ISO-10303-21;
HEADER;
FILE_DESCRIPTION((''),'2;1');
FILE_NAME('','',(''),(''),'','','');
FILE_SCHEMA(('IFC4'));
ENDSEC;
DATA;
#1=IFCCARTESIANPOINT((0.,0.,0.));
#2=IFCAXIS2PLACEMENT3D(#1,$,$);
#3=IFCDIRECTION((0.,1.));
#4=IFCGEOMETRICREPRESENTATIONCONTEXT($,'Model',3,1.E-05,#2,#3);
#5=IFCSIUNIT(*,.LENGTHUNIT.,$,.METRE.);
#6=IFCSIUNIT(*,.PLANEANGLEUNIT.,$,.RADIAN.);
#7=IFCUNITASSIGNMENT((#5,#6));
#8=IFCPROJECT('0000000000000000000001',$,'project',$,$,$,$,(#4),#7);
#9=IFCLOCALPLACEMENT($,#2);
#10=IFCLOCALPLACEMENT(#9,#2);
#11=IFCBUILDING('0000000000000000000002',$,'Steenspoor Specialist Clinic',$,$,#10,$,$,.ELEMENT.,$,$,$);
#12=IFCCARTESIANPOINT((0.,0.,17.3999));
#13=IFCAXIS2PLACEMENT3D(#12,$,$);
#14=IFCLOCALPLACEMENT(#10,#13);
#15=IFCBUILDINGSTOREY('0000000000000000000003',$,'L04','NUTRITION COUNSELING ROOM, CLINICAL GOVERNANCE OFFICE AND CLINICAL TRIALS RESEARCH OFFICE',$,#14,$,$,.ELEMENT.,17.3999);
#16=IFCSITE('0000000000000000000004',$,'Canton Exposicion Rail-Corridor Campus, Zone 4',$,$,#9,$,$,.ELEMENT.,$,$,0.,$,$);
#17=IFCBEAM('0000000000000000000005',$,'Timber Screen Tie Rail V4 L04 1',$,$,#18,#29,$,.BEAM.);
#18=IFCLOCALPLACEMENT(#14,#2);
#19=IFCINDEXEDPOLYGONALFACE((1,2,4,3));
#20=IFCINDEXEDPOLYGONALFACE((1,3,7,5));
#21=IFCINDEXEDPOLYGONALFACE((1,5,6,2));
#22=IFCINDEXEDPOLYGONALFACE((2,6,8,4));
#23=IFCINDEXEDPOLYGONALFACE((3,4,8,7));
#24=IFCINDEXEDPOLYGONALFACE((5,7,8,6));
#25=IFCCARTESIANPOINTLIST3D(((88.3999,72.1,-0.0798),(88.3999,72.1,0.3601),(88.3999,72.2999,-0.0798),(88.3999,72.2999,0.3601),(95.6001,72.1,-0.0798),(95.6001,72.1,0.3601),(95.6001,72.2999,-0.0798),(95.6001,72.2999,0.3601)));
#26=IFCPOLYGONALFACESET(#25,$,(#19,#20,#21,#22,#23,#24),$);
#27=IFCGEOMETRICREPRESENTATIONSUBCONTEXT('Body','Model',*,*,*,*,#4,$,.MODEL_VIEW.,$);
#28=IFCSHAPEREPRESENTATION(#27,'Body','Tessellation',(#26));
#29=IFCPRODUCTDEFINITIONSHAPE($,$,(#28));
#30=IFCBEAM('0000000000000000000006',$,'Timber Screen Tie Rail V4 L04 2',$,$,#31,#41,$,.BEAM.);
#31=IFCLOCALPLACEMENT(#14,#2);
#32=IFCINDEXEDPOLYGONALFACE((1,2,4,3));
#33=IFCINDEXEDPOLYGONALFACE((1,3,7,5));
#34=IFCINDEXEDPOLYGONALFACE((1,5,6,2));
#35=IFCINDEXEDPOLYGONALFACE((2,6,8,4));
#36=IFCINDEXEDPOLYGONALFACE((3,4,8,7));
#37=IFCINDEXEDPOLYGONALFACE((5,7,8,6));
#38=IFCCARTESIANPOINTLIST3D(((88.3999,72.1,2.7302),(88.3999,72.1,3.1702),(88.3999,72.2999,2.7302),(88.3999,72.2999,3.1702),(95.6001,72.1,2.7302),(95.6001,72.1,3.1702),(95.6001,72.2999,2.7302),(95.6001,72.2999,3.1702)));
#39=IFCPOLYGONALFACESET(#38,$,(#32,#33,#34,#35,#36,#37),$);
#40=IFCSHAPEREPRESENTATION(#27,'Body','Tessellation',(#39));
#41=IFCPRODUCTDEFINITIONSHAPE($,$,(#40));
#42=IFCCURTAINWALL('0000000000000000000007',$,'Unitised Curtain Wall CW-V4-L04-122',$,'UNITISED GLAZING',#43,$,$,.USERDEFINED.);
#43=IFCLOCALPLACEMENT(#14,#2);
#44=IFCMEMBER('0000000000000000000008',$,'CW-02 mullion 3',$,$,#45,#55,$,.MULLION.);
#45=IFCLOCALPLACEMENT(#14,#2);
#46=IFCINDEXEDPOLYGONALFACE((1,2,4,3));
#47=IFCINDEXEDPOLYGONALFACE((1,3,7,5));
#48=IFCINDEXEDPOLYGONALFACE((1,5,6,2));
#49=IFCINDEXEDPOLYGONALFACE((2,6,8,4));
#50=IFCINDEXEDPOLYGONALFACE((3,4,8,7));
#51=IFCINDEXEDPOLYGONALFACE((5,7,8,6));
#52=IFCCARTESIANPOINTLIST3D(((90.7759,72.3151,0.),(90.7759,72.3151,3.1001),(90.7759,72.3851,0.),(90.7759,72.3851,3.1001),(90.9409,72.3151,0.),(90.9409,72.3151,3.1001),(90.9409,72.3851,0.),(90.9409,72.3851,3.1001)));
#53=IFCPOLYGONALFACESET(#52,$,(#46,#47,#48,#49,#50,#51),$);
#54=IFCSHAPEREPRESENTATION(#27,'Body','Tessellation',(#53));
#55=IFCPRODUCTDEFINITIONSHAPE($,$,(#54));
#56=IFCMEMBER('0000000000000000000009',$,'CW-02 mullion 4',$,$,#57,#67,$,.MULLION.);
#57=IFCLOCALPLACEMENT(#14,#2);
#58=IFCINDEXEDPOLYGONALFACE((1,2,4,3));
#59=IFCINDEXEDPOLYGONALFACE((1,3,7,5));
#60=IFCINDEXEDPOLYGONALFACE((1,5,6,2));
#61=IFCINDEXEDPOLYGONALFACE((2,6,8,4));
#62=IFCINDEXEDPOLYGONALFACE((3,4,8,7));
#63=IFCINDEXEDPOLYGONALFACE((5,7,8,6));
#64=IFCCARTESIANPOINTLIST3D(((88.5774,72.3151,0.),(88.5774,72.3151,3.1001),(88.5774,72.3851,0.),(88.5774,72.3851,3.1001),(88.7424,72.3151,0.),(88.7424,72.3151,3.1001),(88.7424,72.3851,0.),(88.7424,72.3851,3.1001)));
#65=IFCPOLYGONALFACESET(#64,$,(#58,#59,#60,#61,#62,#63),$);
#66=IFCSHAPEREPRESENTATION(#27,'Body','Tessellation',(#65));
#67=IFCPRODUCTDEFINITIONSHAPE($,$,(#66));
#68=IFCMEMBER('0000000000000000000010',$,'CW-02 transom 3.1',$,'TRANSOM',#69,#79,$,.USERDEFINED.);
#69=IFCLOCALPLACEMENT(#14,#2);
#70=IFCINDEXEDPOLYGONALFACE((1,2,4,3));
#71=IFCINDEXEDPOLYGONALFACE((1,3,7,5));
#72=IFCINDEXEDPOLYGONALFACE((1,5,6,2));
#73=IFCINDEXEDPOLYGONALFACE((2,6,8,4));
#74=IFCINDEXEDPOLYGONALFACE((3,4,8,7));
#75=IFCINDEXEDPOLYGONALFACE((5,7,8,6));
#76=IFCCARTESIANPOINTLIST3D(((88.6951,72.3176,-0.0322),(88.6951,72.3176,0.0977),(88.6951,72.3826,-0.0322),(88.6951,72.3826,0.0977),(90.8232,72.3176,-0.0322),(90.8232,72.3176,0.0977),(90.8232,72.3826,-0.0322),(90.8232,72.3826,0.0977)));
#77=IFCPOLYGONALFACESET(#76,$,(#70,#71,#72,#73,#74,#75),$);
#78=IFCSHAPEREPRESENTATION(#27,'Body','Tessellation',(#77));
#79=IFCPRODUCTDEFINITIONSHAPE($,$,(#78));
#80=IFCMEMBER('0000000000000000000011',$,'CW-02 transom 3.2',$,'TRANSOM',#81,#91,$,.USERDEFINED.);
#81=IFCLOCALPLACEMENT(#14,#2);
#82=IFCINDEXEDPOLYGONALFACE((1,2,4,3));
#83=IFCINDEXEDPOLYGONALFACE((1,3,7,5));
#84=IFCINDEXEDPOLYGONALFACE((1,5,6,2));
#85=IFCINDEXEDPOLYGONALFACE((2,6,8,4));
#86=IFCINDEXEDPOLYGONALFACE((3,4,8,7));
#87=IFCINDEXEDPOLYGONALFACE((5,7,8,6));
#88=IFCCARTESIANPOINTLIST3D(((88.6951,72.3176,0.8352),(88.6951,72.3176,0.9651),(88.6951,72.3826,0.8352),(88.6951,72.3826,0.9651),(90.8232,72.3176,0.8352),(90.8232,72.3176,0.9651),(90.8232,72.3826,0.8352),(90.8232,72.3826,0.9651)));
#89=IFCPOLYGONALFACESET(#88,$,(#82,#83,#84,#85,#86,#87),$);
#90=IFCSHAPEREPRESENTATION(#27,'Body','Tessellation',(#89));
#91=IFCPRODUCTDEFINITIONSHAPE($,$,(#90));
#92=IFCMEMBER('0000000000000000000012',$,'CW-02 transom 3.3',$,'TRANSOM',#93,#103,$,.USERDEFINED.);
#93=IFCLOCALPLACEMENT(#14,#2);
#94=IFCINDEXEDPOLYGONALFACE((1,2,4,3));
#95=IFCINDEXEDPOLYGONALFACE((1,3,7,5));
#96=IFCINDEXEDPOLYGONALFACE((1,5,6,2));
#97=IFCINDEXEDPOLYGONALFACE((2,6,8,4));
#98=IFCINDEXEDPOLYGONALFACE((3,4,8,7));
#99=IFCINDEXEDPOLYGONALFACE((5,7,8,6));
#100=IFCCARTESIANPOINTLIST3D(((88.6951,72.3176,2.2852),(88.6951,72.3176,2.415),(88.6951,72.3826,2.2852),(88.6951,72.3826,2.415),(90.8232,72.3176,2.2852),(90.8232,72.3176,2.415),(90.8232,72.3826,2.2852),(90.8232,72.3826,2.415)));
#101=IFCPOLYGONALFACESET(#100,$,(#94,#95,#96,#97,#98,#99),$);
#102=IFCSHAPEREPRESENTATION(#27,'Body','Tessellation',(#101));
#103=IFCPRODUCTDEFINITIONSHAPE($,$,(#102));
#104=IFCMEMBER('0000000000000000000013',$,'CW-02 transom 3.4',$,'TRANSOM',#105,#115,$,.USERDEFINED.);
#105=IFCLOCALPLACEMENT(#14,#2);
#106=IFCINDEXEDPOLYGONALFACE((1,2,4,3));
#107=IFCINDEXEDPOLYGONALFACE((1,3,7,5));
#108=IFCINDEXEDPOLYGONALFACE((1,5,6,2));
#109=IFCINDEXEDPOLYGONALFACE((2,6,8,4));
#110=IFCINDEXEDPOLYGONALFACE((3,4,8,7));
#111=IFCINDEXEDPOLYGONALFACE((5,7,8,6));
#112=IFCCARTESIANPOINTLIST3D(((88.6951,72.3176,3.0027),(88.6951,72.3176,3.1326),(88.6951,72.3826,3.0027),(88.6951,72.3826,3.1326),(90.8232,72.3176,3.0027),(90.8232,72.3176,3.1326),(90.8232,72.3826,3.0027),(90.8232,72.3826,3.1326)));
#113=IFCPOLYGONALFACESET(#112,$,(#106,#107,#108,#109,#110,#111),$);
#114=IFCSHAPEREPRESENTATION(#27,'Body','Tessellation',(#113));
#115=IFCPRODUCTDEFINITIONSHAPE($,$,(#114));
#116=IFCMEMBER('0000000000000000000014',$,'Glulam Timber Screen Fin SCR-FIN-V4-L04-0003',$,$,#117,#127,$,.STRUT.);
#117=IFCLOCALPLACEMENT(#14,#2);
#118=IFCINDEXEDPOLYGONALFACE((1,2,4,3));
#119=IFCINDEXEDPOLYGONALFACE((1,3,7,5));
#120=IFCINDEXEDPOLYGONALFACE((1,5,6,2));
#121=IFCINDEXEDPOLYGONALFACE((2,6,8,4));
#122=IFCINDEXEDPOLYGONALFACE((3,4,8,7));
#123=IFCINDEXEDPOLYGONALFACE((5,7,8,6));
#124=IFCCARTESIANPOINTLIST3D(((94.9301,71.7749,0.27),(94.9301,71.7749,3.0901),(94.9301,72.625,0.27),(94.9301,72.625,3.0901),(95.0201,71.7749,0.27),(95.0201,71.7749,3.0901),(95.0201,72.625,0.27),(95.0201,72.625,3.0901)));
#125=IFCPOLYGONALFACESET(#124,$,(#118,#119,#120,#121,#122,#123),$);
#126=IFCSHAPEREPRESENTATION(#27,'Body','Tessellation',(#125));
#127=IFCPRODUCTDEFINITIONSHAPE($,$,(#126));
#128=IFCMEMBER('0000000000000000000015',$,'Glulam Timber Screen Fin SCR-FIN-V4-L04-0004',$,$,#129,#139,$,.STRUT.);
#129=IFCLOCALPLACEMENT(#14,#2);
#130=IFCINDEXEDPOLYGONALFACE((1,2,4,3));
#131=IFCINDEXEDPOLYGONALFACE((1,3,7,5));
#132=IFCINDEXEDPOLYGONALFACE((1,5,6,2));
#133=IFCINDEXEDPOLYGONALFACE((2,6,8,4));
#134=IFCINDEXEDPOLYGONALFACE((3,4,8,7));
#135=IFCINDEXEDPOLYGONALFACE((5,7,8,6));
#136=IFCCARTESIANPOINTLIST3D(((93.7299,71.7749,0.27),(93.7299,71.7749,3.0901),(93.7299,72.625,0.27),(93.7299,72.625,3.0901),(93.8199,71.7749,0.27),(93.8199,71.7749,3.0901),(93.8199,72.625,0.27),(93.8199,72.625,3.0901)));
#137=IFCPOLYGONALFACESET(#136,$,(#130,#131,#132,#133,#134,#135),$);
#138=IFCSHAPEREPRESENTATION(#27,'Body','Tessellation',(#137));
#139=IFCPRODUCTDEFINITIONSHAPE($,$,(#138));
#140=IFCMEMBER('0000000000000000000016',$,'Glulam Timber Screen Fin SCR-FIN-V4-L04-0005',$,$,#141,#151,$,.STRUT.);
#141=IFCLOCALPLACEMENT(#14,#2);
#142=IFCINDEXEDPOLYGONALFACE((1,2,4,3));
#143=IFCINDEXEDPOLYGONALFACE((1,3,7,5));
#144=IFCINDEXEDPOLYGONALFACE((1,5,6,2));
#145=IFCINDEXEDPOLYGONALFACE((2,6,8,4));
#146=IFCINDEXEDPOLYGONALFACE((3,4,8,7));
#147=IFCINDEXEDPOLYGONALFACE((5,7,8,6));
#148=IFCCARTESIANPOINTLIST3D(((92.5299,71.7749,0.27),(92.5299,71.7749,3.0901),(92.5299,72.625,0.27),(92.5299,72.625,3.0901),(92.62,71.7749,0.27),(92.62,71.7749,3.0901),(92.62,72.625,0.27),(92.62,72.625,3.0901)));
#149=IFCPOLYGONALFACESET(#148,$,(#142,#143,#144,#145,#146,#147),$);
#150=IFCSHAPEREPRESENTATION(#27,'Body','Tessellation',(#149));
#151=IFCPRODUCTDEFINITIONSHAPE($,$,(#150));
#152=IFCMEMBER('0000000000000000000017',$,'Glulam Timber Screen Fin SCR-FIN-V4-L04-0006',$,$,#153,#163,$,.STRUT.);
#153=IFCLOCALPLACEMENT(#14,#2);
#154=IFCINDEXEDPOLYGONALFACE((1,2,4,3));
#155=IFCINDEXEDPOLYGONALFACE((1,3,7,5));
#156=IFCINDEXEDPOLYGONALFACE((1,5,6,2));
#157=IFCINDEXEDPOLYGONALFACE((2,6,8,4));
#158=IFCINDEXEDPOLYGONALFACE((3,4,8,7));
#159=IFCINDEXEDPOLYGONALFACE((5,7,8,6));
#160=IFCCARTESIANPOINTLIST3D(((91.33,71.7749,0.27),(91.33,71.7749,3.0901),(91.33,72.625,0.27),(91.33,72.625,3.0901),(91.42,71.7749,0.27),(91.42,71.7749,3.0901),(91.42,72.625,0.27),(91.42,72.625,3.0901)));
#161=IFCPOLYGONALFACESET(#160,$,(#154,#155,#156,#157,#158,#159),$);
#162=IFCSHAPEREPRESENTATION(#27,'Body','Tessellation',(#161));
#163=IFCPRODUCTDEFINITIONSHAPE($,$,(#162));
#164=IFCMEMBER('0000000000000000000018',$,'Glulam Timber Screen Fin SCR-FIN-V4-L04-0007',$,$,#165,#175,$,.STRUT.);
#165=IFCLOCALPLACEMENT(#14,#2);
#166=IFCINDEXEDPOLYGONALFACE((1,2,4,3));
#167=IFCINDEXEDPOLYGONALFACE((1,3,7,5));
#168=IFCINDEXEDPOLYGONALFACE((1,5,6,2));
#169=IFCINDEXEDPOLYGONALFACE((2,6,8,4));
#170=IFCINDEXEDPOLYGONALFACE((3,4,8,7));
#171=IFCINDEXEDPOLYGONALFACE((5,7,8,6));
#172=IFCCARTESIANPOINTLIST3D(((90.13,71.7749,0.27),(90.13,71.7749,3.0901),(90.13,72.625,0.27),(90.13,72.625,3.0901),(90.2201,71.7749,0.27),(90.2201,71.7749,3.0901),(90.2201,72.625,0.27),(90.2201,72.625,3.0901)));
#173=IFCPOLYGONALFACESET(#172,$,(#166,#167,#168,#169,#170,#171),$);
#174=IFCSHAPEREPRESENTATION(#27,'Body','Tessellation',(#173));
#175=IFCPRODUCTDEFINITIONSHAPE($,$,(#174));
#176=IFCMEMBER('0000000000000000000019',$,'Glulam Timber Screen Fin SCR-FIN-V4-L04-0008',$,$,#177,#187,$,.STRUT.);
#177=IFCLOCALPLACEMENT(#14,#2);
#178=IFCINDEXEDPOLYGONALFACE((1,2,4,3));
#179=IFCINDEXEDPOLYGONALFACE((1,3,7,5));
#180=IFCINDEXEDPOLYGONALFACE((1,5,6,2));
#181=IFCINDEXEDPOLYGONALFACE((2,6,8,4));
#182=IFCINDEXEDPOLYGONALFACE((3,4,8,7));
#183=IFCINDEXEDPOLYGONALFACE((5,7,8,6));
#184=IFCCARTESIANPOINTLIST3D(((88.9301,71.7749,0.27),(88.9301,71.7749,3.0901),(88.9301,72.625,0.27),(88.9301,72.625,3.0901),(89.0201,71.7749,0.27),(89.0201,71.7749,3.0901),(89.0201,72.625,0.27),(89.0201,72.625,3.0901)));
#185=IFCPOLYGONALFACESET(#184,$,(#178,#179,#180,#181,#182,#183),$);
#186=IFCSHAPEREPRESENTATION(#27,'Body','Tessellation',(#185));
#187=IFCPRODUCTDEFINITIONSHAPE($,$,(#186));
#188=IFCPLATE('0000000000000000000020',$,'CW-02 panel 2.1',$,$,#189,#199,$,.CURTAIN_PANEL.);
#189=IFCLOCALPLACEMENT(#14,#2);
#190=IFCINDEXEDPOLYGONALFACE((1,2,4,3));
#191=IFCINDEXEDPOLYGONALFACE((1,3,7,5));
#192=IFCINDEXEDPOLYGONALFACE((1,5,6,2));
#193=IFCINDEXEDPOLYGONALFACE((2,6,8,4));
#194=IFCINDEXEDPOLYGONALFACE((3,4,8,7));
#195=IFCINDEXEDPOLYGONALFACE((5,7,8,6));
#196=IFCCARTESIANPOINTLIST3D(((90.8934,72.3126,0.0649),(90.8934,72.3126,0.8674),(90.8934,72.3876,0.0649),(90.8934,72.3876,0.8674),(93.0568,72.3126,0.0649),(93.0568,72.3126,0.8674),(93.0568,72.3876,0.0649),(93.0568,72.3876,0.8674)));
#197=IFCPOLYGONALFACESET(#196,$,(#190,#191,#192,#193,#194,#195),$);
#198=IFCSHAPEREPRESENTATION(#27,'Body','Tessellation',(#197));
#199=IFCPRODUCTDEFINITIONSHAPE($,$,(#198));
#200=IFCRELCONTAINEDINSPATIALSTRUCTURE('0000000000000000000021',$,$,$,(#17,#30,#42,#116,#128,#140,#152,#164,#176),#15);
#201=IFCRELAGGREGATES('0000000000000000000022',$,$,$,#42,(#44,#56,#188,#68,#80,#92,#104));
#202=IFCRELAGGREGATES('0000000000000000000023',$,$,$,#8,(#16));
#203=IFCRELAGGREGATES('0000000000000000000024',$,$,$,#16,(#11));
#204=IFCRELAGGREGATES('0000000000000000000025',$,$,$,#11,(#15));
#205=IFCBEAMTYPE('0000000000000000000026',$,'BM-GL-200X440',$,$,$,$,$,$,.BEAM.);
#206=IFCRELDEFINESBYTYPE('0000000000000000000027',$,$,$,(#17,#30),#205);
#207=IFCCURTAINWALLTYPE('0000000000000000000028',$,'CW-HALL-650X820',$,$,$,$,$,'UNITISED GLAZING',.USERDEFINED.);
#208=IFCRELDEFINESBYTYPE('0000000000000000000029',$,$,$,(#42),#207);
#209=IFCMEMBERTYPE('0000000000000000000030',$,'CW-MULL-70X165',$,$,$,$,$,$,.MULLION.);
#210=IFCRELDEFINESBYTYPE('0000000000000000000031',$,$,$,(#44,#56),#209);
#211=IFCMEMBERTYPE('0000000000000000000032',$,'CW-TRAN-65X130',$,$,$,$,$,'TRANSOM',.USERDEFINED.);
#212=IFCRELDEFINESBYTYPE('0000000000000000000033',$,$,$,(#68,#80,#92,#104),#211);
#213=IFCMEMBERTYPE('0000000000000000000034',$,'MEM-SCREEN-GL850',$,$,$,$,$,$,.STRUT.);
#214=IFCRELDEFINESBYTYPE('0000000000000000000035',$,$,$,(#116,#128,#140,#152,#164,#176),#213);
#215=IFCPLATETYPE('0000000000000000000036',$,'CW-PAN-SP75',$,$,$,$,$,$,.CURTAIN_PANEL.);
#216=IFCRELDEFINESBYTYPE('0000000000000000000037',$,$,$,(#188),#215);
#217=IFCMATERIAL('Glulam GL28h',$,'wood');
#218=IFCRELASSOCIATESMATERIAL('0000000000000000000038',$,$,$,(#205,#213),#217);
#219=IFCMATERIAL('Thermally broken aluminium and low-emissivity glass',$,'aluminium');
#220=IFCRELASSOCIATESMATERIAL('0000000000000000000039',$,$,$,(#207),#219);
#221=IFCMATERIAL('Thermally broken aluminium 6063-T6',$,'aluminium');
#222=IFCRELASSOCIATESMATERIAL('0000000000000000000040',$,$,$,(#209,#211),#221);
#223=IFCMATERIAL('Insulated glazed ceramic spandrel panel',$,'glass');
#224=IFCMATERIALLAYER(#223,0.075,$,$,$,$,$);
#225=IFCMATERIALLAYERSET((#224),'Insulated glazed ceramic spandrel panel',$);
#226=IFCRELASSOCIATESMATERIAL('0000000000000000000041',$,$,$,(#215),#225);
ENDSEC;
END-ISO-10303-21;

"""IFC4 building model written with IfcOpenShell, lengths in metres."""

from ifc_helpers import new_model, si_unit, direction, frame, origin, origin_2d, place, context, subcontext, project, spatial, rectangle, extrude, material, layer, layer_set, material_profile, profile_set, type_object, element, aggregate, save


model = new_model("IFC4")

# Units and contexts
model_context = context("Model", 3, precision=1e-05, world=origin(), true_north=direction((0.0, 1.0)))
body_context = subcontext(model_context, "Body", "Model", "MODEL_VIEW")
ifc_project = project(units=[si_unit("LENGTHUNIT", "METRE"), si_unit("PLANEANGLEUNIT", "RADIAN")], contexts=[model_context])

# Site, building, storey
site_placement = place(None, origin())
site = spatial("IfcSite", under=ifc_project, at=site_placement, Name="Canton Exposicion Rail-Corridor Campus, Zone 4", CompositionType="ELEMENT", RefElevation=0.0)
building_placement = place(site_placement, origin())
building = spatial("IfcBuilding", under=site, at=building_placement, Name="Steenspoor Specialist Clinic", CompositionType="ELEMENT")
storey_placement = place(building_placement, frame((0.0, 0.0, 17.3999)))
storey = spatial("IfcBuildingStorey", under=building, at=storey_placement, Name="L04", Description="NUTRITION COUNSELING ROOM, CLINICAL GOVERNANCE OFFICE AND CLINICAL TRIALS RESEARCH OFFICE", CompositionType="ELEMENT", Elevation=17.3999)

# Beams
ifc_material_1 = material(Name="Glulam GL28h", Category="wood")
ifc_material_profile_1 = material_profile(ifc_material_1, rectangle(XDim=0.2, YDim=0.4399, at=origin_2d()), Name="GL28H-200X440")
ifc_profile_set_1 = profile_set([ifc_material_profile_1], Name="Glulam GL28h")
beam_type = type_object("IfcBeamType", Name="BM-GL-200X440", PredefinedType="BEAM", material=ifc_profile_set_1)
for number, where, z_axis, x_axis, name in (
    (1, (95.6001, 72.2, 0.1401), (-1.0, 0.0, 0.0), (0.0, -1.0, 0.0), "Timber Screen Tie Rail V4 L04 1"),
    (2, (95.6001, 72.2, 2.9502), (-1.0, 0.0, 0.0), (0.0, -1.0, 0.0), "Timber Screen Tie Rail V4 L04 2"),
):
    element("IfcBeam", number, at=place(storey_placement, frame(where, z_axis=z_axis, x_axis=x_axis)), inside=storey, type_object=beam_type, Name=name, PredefinedType="BEAM", context=body_context, shape_type="SweptSolid", body=[
        extrude(rectangle(XDim=0.2, YDim=0.4399, at=origin_2d()), origin(), (0.0, 0.0, 1.0), 7.2002),
    ])

# Curtain wall, members
ifc_material_2 = material(Name="Thermally broken aluminium and low-emissivity glass", Category="aluminium")
curtain_wall_type = type_object("IfcCurtainWallType", Name="CW-HALL-650X820", ElementType="UNITISED GLAZING", PredefinedType="USERDEFINED", material=ifc_material_2)
curtain_wall_placement = place(storey_placement, origin())
curtain_wall = element("IfcCurtainWall", 3, at=curtain_wall_placement, inside=storey, type_object=curtain_wall_type, Name="Unitised Curtain Wall CW-V4-L04-122", ObjectType="UNITISED GLAZING", PredefinedType="USERDEFINED")
ifc_material_3 = material(Name="Thermally broken aluminium 6063-T6", Category="aluminium")
ifc_material_profile_2 = material_profile(ifc_material_3, rectangle(XDim=0.0701, YDim=0.165, at=origin_2d()), Name="CWM-70X165")
ifc_profile_set_2 = profile_set([ifc_material_profile_2], Name="Thermally broken aluminium 6063-T6")
member_type_1 = type_object("IfcMemberType", Name="CW-MULL-70X165", PredefinedType="MULLION", material=ifc_profile_set_2)
member_1_placement = place(storey_placement, frame((90.8584, 72.3501, 0.0), z_axis=(0.0, 0.0, 1.0), x_axis=(0.0, -1.0, 0.0)))
member_1 = element("IfcMember", 4, at=member_1_placement, type_object=member_type_1, Name="CW-02 mullion 3", PredefinedType="MULLION", context=body_context, shape_type="SweptSolid", body=[
    extrude(rectangle(XDim=0.0701, YDim=0.165, at=origin_2d()), origin(), (0.0, 0.0, 1.0), 3.1001),
])
member_2_placement = place(storey_placement, frame((88.6599, 72.3501, 0.0), z_axis=(0.0, 0.0, 1.0), x_axis=(0.0, -1.0, 0.0)))
member_2 = element("IfcMember", 5, at=member_2_placement, type_object=member_type_1, Name="CW-02 mullion 4", PredefinedType="MULLION", context=body_context, shape_type="SweptSolid", body=[
    extrude(rectangle(XDim=0.0701, YDim=0.165, at=origin_2d()), origin(), (0.0, 0.0, 1.0), 3.1001),
])
ifc_material_profile_3 = material_profile(ifc_material_3, rectangle(XDim=0.0649, YDim=0.1299, at=origin_2d()), Name="CWT-65X130")
ifc_profile_set_3 = profile_set([ifc_material_profile_3], Name="Thermally broken aluminium 6063-T6")
member_type_2 = type_object("IfcMemberType", Name="CW-TRAN-65X130", ElementType="TRANSOM", PredefinedType="USERDEFINED", material=ifc_profile_set_3)
member_3_placement = place(storey_placement, frame((90.8232, 72.3501, 0.0327), z_axis=(-1.0, 0.0, 0.0), x_axis=(0.0, -1.0, 0.0)))
member_3 = element("IfcMember", 6, at=member_3_placement, type_object=member_type_2, Name="CW-02 transom 3.1", ObjectType="TRANSOM", PredefinedType="USERDEFINED", context=body_context, shape_type="SweptSolid", body=[
    extrude(rectangle(XDim=0.0649, YDim=0.1299, at=origin_2d()), origin(), (0.0, 0.0, 1.0), 2.1282),
])
member_4_placement = place(storey_placement, frame((90.8232, 72.3501, 0.9001), z_axis=(-1.0, 0.0, 0.0), x_axis=(0.0, -1.0, 0.0)))
member_4 = element("IfcMember", 7, at=member_4_placement, type_object=member_type_2, Name="CW-02 transom 3.2", ObjectType="TRANSOM", PredefinedType="USERDEFINED", context=body_context, shape_type="SweptSolid", body=[
    extrude(rectangle(XDim=0.0649, YDim=0.1299, at=origin_2d()), origin(), (0.0, 0.0, 1.0), 2.1282),
])
member_5_placement = place(storey_placement, frame((90.8232, 72.3501, 2.3501), z_axis=(-1.0, 0.0, 0.0), x_axis=(0.0, -1.0, 0.0)))
member_5 = element("IfcMember", 8, at=member_5_placement, type_object=member_type_2, Name="CW-02 transom 3.3", ObjectType="TRANSOM", PredefinedType="USERDEFINED", context=body_context, shape_type="SweptSolid", body=[
    extrude(rectangle(XDim=0.0649, YDim=0.1299, at=origin_2d()), origin(), (0.0, 0.0, 1.0), 2.1282),
])
member_6_placement = place(storey_placement, frame((90.8232, 72.3501, 3.0676), z_axis=(-1.0, 0.0, 0.0), x_axis=(0.0, -1.0, 0.0)))
member_6 = element("IfcMember", 9, at=member_6_placement, type_object=member_type_2, Name="CW-02 transom 3.4", ObjectType="TRANSOM", PredefinedType="USERDEFINED", context=body_context, shape_type="SweptSolid", body=[
    extrude(rectangle(XDim=0.0649, YDim=0.1299, at=origin_2d()), origin(), (0.0, 0.0, 1.0), 2.1282),
])

# Members
ifc_material_profile_4 = material_profile(ifc_material_1, rectangle(XDim=0.0901, YDim=0.8501, at=origin_2d()), Name="GL28H-90X850")
ifc_profile_set_4 = profile_set([ifc_material_profile_4], Name="Glulam GL28h")
member_type_3 = type_object("IfcMemberType", Name="MEM-SCREEN-GL850", PredefinedType="STRUT", material=ifc_profile_set_4)
for number, where, z_axis, x_axis, name in (
    (10, (94.9751, 72.2, 0.27), (0.0, 0.0, 1.0), (-1.0, 0.0, 0.0), "Glulam Timber Screen Fin SCR-FIN-V4-L04-0003"),
    (11, (93.7749, 72.2, 0.27), (0.0, 0.0, 1.0), (-1.0, 0.0, 0.0), "Glulam Timber Screen Fin SCR-FIN-V4-L04-0004"),
    (12, (92.575, 72.2, 0.27), (0.0, 0.0, 1.0), (-1.0, 0.0, 0.0), "Glulam Timber Screen Fin SCR-FIN-V4-L04-0005"),
    (13, (91.375, 72.2, 0.27), (0.0, 0.0, 1.0), (-1.0, 0.0, 0.0), "Glulam Timber Screen Fin SCR-FIN-V4-L04-0006"),
    (14, (90.175, 72.2, 0.27), (0.0, 0.0, 1.0), (-1.0, 0.0, 0.0), "Glulam Timber Screen Fin SCR-FIN-V4-L04-0007"),
    (15, (88.9751, 72.2, 0.27), (0.0, 0.0, 1.0), (-1.0, 0.0, 0.0), "Glulam Timber Screen Fin SCR-FIN-V4-L04-0008"),
):
    element("IfcMember", number, at=place(storey_placement, frame(where, z_axis=z_axis, x_axis=x_axis)), inside=storey, type_object=member_type_3, Name=name, PredefinedType="STRUT", context=body_context, shape_type="SweptSolid", body=[
        extrude(rectangle(XDim=0.0901, YDim=0.8501, at=origin_2d()), origin(), (0.0, 0.0, 1.0), 2.8201),
    ])

# Plate
ifc_material_4 = material(Name="Insulated glazed ceramic spandrel panel", Category="glass")
ifc_layer = layer(ifc_material_4, 0.075)
ifc_layer_set = layer_set([ifc_layer], Name="Insulated glazed ceramic spandrel panel")
plate_type = type_object("IfcPlateType", Name="CW-PAN-SP75", PredefinedType="CURTAIN_PANEL", material=ifc_layer_set)
plate_1_placement = place(storey_placement, frame((91.9751, 72.3501, 0.0649), z_axis=(0.0, 0.0, 1.0), x_axis=(-1.0, 0.0, 0.0)))
plate_1 = element("IfcPlate", 16, at=plate_1_placement, type_object=plate_type, Name="CW-02 panel 2.1", PredefinedType="CURTAIN_PANEL", context=body_context, shape_type="SweptSolid", body=[
    extrude(rectangle(XDim=2.1633, YDim=0.075, at=origin_2d()), origin(), (0.0, 0.0, 1.0), 0.8025),
])
aggregate(curtain_wall, [member_1, member_2, plate_1, member_3, member_4, member_5, member_6])

save(model, "model.ifc")
